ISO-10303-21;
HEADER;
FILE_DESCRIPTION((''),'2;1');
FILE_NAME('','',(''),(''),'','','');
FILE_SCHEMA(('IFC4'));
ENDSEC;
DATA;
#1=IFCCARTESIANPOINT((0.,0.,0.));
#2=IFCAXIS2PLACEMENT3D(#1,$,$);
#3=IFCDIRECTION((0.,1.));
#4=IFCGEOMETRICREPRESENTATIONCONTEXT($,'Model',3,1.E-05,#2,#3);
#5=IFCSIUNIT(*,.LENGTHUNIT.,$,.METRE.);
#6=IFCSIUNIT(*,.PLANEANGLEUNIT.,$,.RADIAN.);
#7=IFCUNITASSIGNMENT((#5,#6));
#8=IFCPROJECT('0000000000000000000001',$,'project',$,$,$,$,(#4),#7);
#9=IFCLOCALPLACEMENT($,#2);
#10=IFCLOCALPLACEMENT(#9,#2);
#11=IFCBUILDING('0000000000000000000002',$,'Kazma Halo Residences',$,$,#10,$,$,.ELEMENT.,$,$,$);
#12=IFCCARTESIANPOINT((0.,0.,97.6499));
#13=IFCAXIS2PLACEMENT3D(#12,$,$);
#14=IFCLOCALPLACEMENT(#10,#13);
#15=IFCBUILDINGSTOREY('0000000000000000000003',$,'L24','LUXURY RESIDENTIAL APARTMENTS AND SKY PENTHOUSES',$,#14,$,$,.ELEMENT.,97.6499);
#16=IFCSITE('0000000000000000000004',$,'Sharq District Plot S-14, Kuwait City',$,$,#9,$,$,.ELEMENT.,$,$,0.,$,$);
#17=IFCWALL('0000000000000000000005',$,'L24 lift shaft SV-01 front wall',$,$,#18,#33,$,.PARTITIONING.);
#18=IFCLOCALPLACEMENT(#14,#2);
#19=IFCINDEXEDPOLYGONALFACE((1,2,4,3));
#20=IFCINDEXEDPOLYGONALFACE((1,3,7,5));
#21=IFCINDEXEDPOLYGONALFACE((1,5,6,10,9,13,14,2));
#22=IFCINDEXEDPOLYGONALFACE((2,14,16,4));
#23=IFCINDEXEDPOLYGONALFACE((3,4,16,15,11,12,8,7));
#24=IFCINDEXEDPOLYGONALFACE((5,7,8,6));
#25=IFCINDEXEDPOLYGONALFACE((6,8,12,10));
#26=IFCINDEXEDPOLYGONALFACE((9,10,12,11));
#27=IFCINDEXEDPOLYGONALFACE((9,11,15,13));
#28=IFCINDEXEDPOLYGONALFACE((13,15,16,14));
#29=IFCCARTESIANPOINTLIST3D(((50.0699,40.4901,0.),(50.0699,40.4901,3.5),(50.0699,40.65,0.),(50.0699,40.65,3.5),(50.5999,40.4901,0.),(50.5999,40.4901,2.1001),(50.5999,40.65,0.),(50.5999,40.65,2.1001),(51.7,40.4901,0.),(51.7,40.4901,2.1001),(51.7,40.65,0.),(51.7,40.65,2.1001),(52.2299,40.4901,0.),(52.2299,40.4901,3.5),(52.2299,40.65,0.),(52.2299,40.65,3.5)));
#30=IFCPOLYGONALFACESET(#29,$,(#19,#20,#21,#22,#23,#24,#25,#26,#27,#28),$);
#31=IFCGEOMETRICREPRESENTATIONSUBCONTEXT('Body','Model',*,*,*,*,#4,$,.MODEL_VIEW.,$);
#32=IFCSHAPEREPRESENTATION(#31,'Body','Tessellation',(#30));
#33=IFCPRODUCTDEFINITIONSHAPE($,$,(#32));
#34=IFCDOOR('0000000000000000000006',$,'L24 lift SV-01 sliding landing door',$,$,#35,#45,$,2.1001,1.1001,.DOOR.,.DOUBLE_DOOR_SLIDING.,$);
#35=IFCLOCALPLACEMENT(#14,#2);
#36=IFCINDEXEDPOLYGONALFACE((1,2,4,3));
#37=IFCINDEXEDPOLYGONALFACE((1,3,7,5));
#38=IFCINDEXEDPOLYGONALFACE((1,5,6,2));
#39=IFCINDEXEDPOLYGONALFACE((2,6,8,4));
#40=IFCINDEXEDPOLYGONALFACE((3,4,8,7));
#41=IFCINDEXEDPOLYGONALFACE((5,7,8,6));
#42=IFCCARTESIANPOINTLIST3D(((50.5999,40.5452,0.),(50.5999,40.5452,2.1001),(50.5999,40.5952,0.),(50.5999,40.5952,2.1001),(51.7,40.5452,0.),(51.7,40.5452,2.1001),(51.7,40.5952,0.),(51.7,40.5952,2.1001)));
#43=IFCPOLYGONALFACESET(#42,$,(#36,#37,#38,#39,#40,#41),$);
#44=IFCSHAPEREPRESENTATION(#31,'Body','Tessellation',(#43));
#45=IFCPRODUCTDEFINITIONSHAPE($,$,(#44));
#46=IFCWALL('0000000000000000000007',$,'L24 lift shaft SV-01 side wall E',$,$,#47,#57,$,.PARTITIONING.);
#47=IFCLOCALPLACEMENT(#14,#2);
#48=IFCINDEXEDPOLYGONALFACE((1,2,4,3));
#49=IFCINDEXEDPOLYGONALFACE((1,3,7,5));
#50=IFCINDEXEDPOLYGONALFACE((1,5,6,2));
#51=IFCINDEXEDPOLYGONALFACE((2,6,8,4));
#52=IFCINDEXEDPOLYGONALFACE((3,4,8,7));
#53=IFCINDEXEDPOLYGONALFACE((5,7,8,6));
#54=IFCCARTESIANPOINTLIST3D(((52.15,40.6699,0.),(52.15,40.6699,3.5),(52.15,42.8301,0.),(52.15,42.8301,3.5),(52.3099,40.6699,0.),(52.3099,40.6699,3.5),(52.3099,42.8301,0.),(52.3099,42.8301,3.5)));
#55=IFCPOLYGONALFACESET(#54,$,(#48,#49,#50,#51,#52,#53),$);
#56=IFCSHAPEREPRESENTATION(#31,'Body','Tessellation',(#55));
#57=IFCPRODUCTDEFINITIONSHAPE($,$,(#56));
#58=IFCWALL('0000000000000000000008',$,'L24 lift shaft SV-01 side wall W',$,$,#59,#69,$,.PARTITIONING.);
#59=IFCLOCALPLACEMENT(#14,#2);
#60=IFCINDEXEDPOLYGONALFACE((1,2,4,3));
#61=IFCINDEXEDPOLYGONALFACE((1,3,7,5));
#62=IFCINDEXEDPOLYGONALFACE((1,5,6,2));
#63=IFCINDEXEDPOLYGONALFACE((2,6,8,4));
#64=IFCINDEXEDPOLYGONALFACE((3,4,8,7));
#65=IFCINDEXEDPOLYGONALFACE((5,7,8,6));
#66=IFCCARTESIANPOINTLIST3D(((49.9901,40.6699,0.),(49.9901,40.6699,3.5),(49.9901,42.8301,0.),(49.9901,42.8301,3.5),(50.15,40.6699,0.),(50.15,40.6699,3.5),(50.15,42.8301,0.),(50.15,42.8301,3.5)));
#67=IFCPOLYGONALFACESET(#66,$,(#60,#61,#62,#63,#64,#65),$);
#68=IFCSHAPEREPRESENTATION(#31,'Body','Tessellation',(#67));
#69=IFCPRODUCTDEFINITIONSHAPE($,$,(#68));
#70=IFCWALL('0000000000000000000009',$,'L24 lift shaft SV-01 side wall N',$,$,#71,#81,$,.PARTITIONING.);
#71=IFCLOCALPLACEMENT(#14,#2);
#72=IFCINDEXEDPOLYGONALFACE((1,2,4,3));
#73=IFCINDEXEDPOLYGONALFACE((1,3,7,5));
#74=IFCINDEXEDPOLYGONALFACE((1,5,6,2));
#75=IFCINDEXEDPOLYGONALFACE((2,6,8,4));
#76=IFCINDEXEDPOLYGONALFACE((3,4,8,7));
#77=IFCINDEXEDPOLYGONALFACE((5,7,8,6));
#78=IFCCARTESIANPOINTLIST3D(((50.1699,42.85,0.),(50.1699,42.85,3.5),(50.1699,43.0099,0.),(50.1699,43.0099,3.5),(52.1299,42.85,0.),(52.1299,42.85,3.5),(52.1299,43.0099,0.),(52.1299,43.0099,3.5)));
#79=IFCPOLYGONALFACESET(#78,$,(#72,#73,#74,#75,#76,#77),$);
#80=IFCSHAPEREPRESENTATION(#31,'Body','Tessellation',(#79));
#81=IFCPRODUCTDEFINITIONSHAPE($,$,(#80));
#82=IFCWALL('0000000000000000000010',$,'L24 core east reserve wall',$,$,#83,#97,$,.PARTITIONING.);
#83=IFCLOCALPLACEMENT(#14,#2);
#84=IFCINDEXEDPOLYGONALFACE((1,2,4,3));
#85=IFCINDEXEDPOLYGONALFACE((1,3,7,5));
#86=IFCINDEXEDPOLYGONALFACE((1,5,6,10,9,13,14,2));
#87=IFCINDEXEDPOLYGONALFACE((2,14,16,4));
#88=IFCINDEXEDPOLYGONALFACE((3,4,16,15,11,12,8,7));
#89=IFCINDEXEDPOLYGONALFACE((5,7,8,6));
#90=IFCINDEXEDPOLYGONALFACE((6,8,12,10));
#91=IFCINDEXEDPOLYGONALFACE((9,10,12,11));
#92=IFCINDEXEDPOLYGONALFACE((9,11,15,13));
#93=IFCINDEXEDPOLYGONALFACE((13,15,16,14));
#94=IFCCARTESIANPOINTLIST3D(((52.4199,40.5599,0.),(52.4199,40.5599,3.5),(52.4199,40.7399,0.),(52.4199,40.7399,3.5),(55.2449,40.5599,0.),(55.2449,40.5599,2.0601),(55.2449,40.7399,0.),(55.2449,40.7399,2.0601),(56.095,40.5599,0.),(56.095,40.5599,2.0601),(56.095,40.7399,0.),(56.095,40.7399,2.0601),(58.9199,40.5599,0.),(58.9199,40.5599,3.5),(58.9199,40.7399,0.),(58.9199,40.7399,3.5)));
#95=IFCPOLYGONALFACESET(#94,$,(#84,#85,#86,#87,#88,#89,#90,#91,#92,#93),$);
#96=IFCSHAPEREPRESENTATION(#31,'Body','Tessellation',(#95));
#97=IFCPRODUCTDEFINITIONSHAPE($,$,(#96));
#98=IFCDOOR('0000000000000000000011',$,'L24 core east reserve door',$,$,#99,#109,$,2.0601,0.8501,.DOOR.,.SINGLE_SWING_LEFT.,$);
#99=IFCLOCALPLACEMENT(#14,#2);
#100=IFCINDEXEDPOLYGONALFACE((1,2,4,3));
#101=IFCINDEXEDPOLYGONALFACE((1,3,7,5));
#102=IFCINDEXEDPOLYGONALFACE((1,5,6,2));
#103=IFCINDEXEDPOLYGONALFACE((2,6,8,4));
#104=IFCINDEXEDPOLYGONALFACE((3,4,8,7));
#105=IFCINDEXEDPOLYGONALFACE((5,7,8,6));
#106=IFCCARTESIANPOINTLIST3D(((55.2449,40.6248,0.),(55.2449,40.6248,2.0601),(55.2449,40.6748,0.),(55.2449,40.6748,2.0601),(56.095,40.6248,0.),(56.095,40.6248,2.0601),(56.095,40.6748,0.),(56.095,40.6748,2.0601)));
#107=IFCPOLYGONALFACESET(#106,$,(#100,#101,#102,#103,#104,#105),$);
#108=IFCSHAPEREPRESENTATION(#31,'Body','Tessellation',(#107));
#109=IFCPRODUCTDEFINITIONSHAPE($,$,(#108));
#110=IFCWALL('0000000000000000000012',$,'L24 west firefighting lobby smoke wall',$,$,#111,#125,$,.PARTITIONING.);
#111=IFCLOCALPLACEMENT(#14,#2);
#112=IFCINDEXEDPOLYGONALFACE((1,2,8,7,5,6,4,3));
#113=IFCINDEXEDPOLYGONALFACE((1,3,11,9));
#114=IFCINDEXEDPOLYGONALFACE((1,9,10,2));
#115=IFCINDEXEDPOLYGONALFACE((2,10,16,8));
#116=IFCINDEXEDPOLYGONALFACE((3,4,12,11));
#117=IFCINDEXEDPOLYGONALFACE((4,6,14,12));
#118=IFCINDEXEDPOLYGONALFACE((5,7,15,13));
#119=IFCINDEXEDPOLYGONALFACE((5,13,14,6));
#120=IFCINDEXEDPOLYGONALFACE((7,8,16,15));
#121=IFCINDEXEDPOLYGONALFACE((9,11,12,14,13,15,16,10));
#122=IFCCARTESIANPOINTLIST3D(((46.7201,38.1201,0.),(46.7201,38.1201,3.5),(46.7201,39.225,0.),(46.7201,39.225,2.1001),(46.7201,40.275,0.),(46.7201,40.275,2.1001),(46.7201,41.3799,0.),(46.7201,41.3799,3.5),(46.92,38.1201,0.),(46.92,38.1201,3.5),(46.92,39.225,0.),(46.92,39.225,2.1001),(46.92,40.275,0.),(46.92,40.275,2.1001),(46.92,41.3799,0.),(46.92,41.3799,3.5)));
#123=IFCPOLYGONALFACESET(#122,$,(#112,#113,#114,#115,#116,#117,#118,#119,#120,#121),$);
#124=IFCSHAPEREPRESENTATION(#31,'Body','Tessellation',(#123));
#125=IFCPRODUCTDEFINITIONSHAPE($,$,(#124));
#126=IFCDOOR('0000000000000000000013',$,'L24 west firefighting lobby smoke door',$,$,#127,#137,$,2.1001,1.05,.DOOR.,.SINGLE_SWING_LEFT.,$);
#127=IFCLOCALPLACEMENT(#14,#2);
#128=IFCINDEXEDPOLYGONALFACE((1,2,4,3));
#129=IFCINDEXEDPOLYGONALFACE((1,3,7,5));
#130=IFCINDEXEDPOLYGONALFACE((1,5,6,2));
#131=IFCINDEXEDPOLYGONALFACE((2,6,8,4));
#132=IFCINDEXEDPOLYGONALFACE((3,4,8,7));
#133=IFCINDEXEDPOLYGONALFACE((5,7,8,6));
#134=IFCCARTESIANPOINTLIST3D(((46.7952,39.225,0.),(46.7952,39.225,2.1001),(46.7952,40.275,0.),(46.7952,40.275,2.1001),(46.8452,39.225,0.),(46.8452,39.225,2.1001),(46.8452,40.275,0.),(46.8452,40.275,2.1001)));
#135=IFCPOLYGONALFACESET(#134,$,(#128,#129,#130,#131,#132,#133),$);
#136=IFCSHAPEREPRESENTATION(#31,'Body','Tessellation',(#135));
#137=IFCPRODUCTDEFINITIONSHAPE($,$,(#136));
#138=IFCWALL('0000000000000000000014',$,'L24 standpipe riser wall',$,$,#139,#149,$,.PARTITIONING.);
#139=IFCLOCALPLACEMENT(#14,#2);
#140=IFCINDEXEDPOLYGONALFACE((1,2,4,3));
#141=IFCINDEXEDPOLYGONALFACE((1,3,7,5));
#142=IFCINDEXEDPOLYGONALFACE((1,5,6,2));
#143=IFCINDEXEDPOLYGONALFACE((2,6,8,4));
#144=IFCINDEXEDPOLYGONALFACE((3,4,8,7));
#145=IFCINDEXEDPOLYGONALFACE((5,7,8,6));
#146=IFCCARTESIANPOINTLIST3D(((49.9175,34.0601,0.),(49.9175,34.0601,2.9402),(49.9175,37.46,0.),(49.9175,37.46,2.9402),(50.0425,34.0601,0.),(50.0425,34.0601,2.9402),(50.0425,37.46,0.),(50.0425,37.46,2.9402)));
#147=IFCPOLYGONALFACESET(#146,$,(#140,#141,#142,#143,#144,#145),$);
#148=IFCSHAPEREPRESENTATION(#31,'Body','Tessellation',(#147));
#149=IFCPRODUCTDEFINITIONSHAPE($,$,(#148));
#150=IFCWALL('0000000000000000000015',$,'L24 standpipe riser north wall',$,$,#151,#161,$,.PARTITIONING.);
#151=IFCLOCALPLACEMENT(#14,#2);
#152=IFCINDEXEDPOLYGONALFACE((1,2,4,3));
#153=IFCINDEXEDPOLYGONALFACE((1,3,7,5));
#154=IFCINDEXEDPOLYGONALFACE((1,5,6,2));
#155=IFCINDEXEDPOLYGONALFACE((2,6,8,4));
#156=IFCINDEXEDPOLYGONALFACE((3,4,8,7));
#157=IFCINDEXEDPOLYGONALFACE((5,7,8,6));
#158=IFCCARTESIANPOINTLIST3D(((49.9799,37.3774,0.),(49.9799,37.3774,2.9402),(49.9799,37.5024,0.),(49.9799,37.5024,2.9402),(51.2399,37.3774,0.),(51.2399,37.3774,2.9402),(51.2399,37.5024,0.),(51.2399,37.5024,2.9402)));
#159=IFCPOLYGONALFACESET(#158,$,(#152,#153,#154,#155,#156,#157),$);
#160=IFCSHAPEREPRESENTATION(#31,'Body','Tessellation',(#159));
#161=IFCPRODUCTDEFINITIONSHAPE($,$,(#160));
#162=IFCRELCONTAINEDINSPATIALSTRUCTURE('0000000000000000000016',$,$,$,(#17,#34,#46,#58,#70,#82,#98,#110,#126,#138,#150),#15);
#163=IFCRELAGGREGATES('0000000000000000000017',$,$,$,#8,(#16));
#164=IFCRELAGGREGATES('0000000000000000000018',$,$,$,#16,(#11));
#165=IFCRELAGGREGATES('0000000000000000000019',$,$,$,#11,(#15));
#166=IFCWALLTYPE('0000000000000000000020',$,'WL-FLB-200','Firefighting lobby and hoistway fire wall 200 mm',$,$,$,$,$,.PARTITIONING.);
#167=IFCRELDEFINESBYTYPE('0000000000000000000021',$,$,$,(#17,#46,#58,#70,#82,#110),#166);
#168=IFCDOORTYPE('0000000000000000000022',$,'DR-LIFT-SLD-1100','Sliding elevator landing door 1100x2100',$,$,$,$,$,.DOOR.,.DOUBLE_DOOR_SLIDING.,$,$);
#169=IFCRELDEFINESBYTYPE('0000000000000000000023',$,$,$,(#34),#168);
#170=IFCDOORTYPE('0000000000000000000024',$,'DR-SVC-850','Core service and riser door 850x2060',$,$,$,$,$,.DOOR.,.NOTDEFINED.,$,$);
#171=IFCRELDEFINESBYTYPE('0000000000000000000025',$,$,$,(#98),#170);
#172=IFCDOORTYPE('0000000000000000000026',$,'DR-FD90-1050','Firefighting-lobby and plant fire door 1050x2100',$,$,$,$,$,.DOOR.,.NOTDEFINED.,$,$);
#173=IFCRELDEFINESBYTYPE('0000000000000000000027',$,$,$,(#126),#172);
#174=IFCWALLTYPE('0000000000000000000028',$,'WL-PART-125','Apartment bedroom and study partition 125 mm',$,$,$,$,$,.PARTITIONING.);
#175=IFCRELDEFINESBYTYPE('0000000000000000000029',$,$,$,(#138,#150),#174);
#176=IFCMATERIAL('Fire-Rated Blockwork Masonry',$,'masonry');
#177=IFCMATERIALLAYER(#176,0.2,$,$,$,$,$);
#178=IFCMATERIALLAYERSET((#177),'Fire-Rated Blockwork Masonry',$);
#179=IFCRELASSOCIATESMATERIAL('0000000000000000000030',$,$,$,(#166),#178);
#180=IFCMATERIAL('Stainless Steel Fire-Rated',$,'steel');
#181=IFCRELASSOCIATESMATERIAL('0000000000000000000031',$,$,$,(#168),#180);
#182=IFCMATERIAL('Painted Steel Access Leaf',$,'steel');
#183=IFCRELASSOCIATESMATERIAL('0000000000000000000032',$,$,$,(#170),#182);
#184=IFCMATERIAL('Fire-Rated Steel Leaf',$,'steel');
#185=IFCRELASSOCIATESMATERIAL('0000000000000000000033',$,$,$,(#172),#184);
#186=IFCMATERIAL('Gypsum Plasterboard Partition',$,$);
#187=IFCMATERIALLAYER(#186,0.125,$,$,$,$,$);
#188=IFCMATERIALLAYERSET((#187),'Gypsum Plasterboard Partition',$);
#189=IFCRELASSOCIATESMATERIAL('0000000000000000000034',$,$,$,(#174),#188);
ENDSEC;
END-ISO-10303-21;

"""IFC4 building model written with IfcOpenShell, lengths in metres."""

from ifc_helpers import new_model, si_unit, direction, frame, frame_2d, origin, place, context, subcontext, project, spatial, rectangle, extrude, material, layer, layer_set, type_object, element, fill, save


model = new_model("IFC4")

# Units and contexts
model_context = context("Model", 3, precision=1e-05, world=origin(), true_north=direction((0.0, 1.0)))
body_context = subcontext(model_context, "Body", "Model", "MODEL_VIEW")
ifc_project = project(units=[si_unit("LENGTHUNIT", "METRE"), si_unit("PLANEANGLEUNIT", "RADIAN")], contexts=[model_context])

# Site, building, storey
site_placement = place(None, origin())
site = spatial("IfcSite", under=ifc_project, at=site_placement, Name="Sharq District Plot S-14, Kuwait City", CompositionType="ELEMENT", RefElevation=0.0)
building_placement = place(site_placement, origin())
building = spatial("IfcBuilding", under=site, at=building_placement, Name="Kazma Halo Residences", CompositionType="ELEMENT")
storey_placement = place(building_placement, frame((0.0, 0.0, 97.6499)))
storey = spatial("IfcBuildingStorey", under=building, at=storey_placement, Name="L24", Description="LUXURY RESIDENTIAL APARTMENTS AND SKY PENTHOUSES", CompositionType="ELEMENT", Elevation=97.6499)

# Wall, opening, door
ifc_material_1 = material(Name="Fire-Rated Blockwork Masonry", Category="masonry")
ifc_layer_1 = layer(ifc_material_1, 0.2)
ifc_layer_set_1 = layer_set([ifc_layer_1], Name="Fire-Rated Blockwork Masonry")
wall_type_1 = type_object("IfcWallType", Name="WL-FLB-200", Description="Firefighting lobby and hoistway fire wall 200 mm", PredefinedType="PARTITIONING", material=ifc_layer_set_1)
wall_1_placement = place(storey_placement, frame((52.23, 40.5701, 0.0), z_axis=(0.0, 0.0, 1.0), x_axis=(-1.0, 0.0, 0.0)))
wall_1 = element("IfcWall", 1, at=wall_1_placement, inside=storey, type_object=wall_type_1, Name="L24 lift shaft SV-01 front wall", PredefinedType="PARTITIONING", context=body_context, shape_type="SweptSolid", body=[
    extrude(rectangle(XDim=2.1599, YDim=0.1599, at=frame_2d((1.0801, 0.0))), origin(), (0.0, 0.0, 1.0), 3.5),
])
opening_1_placement = place(wall_1_placement, frame((0.53, 0.0, 0.0)))
opening_1 = element("IfcOpeningElement", 2, at=opening_1_placement, cuts=wall_1, PredefinedType="OPENING", context=body_context, shape_type="SweptSolid", body=[
    extrude(rectangle(XDim=1.1001, YDim=2.1001, at=frame_2d((0.55, 1.05))), frame((0.0, 0.0898, 0.0), z_axis=(0.0, -1.0, 0.0), x_axis=(1.0, 0.0, 0.0)), (0.0, 0.0, 1.0), 0.1799),
])
ifc_material_2 = material(Name="Stainless Steel Fire-Rated", Category="steel")
door_type_1 = type_object("IfcDoorType", Name="DR-LIFT-SLD-1100", Description="Sliding elevator landing door 1100x2100", OperationType="DOUBLE_DOOR_SLIDING", PredefinedType="DOOR", material=ifc_material_2)
door_1_placement = place(opening_1_placement, origin())
door_1 = element("IfcDoor", 3, at=door_1_placement, inside=storey, type_object=door_type_1, Name="L24 lift SV-01 sliding landing door", OperationType="DOUBLE_DOOR_SLIDING", OverallHeight=2.1001, OverallWidth=1.1001, PredefinedType="DOOR", context=body_context, shape_type="SweptSolid", body=[
    extrude(rectangle(XDim=1.1001, YDim=2.1001, at=frame_2d((0.55, 1.05))), frame((0.0, 0.0249, 0.0), z_axis=(0.0, -1.0, 0.0), x_axis=(1.0, 0.0, 0.0)), (0.0, 0.0, 1.0), 0.05),
])
fill(opening_1, door_1)

# Walls
for number, where, z_axis, x_axis, name in (
    (4, (52.23, 40.6699, 0.0), (0.0, 0.0, 1.0), (0.0, 1.0, 0.0), "L24 lift shaft SV-01 side wall E"),
    (5, (50.0701, 40.6699, 0.0), (0.0, 0.0, 1.0), (0.0, 1.0, 0.0), "L24 lift shaft SV-01 side wall W"),
):
    element("IfcWall", number, at=place(storey_placement, frame(where, z_axis=z_axis, x_axis=x_axis)), inside=storey, type_object=wall_type_1, Name=name, PredefinedType="PARTITIONING", context=body_context, shape_type="SweptSolid", body=[
        extrude(rectangle(XDim=2.1602, YDim=0.1599, at=frame_2d((1.0801, 0.0))), origin(), (0.0, 0.0, 1.0), 3.5),
    ])
wall_2_placement = place(storey_placement, frame((50.1699, 42.9299, 0.0), z_axis=(0.0, 0.0, 1.0), x_axis=(1.0, 0.0, 0.0)))
element("IfcWall", 6, at=wall_2_placement, inside=storey, type_object=wall_type_1, Name="L24 lift shaft SV-01 side wall N", PredefinedType="PARTITIONING", context=body_context, shape_type="SweptSolid", body=[
    extrude(rectangle(XDim=1.96, YDim=0.1599, at=frame_2d((0.98, 0.0))), origin(), (0.0, 0.0, 1.0), 3.5),
])

# Walls, openings, doors
wall_3_placement = place(storey_placement, frame((52.4199, 40.6499, 0.0), z_axis=(0.0, 0.0, 1.0), x_axis=(1.0, 0.0, 0.0)))
wall_3 = element("IfcWall", 7, at=wall_3_placement, inside=storey, type_object=wall_type_1, Name="L24 core east reserve wall", PredefinedType="PARTITIONING", context=body_context, shape_type="SweptSolid", body=[
    extrude(rectangle(XDim=6.5, YDim=0.1799, at=frame_2d((3.25, 0.0))), origin(), (0.0, 0.0, 1.0), 3.5),
])
opening_2_placement = place(wall_3_placement, frame((2.825, 0.0, 0.0)))
opening_2 = element("IfcOpeningElement", 8, at=opening_2_placement, cuts=wall_3, PredefinedType="OPENING", context=body_context, shape_type="SweptSolid", body=[
    extrude(rectangle(XDim=0.8501, YDim=2.0601, at=frame_2d((0.425, 1.03))), frame((0.0, 0.0999, 0.0), z_axis=(0.0, -1.0, 0.0), x_axis=(1.0, 0.0, 0.0)), (0.0, 0.0, 1.0), 0.2),
])
ifc_material_3 = material(Name="Painted Steel Access Leaf", Category="steel")
door_type_2 = type_object("IfcDoorType", Name="DR-SVC-850", Description="Core service and riser door 850x2060", OperationType="NOTDEFINED", PredefinedType="DOOR", material=ifc_material_3)
door_2_placement = place(opening_2_placement, origin())
door_2 = element("IfcDoor", 9, at=door_2_placement, inside=storey, type_object=door_type_2, Name="L24 core east reserve door", OperationType="SINGLE_SWING_LEFT", OverallHeight=2.0601, OverallWidth=0.8501, PredefinedType="DOOR", context=body_context, shape_type="SweptSolid", body=[
    extrude(rectangle(XDim=0.8501, YDim=2.0601, at=frame_2d((0.425, 1.03))), frame((0.0, 0.0249, 0.0), z_axis=(0.0, -1.0, 0.0), x_axis=(1.0, 0.0, 0.0)), (0.0, 0.0, 1.0), 0.05),
])
fill(opening_2, door_2)
wall_4_placement = place(storey_placement, frame((46.8201, 38.1201, 0.0), z_axis=(0.0, 0.0, 1.0), x_axis=(0.0, 1.0, 0.0)))
wall_4 = element("IfcWall", 10, at=wall_4_placement, inside=storey, type_object=wall_type_1, Name="L24 west firefighting lobby smoke wall", PredefinedType="PARTITIONING", context=body_context, shape_type="SweptSolid", body=[
    extrude(rectangle(XDim=3.2598, YDim=0.2, at=frame_2d((1.6299, 0.0))), origin(), (0.0, 0.0, 1.0), 3.5),
])
opening_3_placement = place(wall_4_placement, frame((1.105, 0.0, 0.0)))
opening_3 = element("IfcOpeningElement", 11, at=opening_3_placement, cuts=wall_4, PredefinedType="OPENING", context=body_context, shape_type="SweptSolid", body=[
    extrude(rectangle(XDim=1.05, YDim=2.1001, at=frame_2d((0.5249, 1.05))), frame((0.0, 0.1099, 0.0), z_axis=(0.0, -1.0, 0.0), x_axis=(1.0, 0.0, 0.0)), (0.0, 0.0, 1.0), 0.22),
])
ifc_material_4 = material(Name="Fire-Rated Steel Leaf", Category="steel")
door_type_3 = type_object("IfcDoorType", Name="DR-FD90-1050", Description="Firefighting-lobby and plant fire door 1050x2100", OperationType="NOTDEFINED", PredefinedType="DOOR", material=ifc_material_4)
door_3_placement = place(opening_3_placement, origin())
door_3 = element("IfcDoor", 12, at=door_3_placement, inside=storey, type_object=door_type_3, Name="L24 west firefighting lobby smoke door", OperationType="SINGLE_SWING_LEFT", OverallHeight=2.1001, OverallWidth=1.05, PredefinedType="DOOR", context=body_context, shape_type="SweptSolid", body=[
    extrude(rectangle(XDim=1.05, YDim=2.1001, at=frame_2d((0.5249, 1.05))), frame((0.0, 0.0249, 0.0), z_axis=(0.0, -1.0, 0.0), x_axis=(1.0, 0.0, 0.0)), (0.0, 0.0, 1.0), 0.05),
])
fill(opening_3, door_3)

# Walls
ifc_material_5 = material(Name="Gypsum Plasterboard Partition")
ifc_layer_2 = layer(ifc_material_5, 0.125)
ifc_layer_set_2 = layer_set([ifc_layer_2], Name="Gypsum Plasterboard Partition")
wall_type_2 = type_object("IfcWallType", Name="WL-PART-125", Description="Apartment bedroom and study partition 125 mm", PredefinedType="PARTITIONING", material=ifc_layer_set_2)
wall_5_placement = place(storey_placement, frame((49.98, 34.0601, 0.0), z_axis=(0.0, 0.0, 1.0), x_axis=(0.0, 1.0, 0.0)))
element("IfcWall", 13, at=wall_5_placement, inside=storey, type_object=wall_type_2, Name="L24 standpipe riser wall", PredefinedType="PARTITIONING", context=body_context, shape_type="SweptSolid", body=[
    extrude(rectangle(XDim=3.3999, YDim=0.125, at=frame_2d((1.7, 0.0))), origin(), (0.0, 0.0, 1.0), 2.9402),
])
wall_6_placement = place(storey_placement, frame((49.98, 37.4399, 0.0), z_axis=(0.0, 0.0, 1.0), x_axis=(1.0, 0.0, 0.0)))
element("IfcWall", 14, at=wall_6_placement, inside=storey, type_object=wall_type_2, Name="L24 standpipe riser north wall", PredefinedType="PARTITIONING", context=body_context, shape_type="SweptSolid", body=[
    extrude(rectangle(XDim=1.26, YDim=0.125, at=frame_2d((0.6299, 0.0))), origin(), (0.0, 0.0, 1.0), 2.9402),
])

save(model, "model.ifc")
